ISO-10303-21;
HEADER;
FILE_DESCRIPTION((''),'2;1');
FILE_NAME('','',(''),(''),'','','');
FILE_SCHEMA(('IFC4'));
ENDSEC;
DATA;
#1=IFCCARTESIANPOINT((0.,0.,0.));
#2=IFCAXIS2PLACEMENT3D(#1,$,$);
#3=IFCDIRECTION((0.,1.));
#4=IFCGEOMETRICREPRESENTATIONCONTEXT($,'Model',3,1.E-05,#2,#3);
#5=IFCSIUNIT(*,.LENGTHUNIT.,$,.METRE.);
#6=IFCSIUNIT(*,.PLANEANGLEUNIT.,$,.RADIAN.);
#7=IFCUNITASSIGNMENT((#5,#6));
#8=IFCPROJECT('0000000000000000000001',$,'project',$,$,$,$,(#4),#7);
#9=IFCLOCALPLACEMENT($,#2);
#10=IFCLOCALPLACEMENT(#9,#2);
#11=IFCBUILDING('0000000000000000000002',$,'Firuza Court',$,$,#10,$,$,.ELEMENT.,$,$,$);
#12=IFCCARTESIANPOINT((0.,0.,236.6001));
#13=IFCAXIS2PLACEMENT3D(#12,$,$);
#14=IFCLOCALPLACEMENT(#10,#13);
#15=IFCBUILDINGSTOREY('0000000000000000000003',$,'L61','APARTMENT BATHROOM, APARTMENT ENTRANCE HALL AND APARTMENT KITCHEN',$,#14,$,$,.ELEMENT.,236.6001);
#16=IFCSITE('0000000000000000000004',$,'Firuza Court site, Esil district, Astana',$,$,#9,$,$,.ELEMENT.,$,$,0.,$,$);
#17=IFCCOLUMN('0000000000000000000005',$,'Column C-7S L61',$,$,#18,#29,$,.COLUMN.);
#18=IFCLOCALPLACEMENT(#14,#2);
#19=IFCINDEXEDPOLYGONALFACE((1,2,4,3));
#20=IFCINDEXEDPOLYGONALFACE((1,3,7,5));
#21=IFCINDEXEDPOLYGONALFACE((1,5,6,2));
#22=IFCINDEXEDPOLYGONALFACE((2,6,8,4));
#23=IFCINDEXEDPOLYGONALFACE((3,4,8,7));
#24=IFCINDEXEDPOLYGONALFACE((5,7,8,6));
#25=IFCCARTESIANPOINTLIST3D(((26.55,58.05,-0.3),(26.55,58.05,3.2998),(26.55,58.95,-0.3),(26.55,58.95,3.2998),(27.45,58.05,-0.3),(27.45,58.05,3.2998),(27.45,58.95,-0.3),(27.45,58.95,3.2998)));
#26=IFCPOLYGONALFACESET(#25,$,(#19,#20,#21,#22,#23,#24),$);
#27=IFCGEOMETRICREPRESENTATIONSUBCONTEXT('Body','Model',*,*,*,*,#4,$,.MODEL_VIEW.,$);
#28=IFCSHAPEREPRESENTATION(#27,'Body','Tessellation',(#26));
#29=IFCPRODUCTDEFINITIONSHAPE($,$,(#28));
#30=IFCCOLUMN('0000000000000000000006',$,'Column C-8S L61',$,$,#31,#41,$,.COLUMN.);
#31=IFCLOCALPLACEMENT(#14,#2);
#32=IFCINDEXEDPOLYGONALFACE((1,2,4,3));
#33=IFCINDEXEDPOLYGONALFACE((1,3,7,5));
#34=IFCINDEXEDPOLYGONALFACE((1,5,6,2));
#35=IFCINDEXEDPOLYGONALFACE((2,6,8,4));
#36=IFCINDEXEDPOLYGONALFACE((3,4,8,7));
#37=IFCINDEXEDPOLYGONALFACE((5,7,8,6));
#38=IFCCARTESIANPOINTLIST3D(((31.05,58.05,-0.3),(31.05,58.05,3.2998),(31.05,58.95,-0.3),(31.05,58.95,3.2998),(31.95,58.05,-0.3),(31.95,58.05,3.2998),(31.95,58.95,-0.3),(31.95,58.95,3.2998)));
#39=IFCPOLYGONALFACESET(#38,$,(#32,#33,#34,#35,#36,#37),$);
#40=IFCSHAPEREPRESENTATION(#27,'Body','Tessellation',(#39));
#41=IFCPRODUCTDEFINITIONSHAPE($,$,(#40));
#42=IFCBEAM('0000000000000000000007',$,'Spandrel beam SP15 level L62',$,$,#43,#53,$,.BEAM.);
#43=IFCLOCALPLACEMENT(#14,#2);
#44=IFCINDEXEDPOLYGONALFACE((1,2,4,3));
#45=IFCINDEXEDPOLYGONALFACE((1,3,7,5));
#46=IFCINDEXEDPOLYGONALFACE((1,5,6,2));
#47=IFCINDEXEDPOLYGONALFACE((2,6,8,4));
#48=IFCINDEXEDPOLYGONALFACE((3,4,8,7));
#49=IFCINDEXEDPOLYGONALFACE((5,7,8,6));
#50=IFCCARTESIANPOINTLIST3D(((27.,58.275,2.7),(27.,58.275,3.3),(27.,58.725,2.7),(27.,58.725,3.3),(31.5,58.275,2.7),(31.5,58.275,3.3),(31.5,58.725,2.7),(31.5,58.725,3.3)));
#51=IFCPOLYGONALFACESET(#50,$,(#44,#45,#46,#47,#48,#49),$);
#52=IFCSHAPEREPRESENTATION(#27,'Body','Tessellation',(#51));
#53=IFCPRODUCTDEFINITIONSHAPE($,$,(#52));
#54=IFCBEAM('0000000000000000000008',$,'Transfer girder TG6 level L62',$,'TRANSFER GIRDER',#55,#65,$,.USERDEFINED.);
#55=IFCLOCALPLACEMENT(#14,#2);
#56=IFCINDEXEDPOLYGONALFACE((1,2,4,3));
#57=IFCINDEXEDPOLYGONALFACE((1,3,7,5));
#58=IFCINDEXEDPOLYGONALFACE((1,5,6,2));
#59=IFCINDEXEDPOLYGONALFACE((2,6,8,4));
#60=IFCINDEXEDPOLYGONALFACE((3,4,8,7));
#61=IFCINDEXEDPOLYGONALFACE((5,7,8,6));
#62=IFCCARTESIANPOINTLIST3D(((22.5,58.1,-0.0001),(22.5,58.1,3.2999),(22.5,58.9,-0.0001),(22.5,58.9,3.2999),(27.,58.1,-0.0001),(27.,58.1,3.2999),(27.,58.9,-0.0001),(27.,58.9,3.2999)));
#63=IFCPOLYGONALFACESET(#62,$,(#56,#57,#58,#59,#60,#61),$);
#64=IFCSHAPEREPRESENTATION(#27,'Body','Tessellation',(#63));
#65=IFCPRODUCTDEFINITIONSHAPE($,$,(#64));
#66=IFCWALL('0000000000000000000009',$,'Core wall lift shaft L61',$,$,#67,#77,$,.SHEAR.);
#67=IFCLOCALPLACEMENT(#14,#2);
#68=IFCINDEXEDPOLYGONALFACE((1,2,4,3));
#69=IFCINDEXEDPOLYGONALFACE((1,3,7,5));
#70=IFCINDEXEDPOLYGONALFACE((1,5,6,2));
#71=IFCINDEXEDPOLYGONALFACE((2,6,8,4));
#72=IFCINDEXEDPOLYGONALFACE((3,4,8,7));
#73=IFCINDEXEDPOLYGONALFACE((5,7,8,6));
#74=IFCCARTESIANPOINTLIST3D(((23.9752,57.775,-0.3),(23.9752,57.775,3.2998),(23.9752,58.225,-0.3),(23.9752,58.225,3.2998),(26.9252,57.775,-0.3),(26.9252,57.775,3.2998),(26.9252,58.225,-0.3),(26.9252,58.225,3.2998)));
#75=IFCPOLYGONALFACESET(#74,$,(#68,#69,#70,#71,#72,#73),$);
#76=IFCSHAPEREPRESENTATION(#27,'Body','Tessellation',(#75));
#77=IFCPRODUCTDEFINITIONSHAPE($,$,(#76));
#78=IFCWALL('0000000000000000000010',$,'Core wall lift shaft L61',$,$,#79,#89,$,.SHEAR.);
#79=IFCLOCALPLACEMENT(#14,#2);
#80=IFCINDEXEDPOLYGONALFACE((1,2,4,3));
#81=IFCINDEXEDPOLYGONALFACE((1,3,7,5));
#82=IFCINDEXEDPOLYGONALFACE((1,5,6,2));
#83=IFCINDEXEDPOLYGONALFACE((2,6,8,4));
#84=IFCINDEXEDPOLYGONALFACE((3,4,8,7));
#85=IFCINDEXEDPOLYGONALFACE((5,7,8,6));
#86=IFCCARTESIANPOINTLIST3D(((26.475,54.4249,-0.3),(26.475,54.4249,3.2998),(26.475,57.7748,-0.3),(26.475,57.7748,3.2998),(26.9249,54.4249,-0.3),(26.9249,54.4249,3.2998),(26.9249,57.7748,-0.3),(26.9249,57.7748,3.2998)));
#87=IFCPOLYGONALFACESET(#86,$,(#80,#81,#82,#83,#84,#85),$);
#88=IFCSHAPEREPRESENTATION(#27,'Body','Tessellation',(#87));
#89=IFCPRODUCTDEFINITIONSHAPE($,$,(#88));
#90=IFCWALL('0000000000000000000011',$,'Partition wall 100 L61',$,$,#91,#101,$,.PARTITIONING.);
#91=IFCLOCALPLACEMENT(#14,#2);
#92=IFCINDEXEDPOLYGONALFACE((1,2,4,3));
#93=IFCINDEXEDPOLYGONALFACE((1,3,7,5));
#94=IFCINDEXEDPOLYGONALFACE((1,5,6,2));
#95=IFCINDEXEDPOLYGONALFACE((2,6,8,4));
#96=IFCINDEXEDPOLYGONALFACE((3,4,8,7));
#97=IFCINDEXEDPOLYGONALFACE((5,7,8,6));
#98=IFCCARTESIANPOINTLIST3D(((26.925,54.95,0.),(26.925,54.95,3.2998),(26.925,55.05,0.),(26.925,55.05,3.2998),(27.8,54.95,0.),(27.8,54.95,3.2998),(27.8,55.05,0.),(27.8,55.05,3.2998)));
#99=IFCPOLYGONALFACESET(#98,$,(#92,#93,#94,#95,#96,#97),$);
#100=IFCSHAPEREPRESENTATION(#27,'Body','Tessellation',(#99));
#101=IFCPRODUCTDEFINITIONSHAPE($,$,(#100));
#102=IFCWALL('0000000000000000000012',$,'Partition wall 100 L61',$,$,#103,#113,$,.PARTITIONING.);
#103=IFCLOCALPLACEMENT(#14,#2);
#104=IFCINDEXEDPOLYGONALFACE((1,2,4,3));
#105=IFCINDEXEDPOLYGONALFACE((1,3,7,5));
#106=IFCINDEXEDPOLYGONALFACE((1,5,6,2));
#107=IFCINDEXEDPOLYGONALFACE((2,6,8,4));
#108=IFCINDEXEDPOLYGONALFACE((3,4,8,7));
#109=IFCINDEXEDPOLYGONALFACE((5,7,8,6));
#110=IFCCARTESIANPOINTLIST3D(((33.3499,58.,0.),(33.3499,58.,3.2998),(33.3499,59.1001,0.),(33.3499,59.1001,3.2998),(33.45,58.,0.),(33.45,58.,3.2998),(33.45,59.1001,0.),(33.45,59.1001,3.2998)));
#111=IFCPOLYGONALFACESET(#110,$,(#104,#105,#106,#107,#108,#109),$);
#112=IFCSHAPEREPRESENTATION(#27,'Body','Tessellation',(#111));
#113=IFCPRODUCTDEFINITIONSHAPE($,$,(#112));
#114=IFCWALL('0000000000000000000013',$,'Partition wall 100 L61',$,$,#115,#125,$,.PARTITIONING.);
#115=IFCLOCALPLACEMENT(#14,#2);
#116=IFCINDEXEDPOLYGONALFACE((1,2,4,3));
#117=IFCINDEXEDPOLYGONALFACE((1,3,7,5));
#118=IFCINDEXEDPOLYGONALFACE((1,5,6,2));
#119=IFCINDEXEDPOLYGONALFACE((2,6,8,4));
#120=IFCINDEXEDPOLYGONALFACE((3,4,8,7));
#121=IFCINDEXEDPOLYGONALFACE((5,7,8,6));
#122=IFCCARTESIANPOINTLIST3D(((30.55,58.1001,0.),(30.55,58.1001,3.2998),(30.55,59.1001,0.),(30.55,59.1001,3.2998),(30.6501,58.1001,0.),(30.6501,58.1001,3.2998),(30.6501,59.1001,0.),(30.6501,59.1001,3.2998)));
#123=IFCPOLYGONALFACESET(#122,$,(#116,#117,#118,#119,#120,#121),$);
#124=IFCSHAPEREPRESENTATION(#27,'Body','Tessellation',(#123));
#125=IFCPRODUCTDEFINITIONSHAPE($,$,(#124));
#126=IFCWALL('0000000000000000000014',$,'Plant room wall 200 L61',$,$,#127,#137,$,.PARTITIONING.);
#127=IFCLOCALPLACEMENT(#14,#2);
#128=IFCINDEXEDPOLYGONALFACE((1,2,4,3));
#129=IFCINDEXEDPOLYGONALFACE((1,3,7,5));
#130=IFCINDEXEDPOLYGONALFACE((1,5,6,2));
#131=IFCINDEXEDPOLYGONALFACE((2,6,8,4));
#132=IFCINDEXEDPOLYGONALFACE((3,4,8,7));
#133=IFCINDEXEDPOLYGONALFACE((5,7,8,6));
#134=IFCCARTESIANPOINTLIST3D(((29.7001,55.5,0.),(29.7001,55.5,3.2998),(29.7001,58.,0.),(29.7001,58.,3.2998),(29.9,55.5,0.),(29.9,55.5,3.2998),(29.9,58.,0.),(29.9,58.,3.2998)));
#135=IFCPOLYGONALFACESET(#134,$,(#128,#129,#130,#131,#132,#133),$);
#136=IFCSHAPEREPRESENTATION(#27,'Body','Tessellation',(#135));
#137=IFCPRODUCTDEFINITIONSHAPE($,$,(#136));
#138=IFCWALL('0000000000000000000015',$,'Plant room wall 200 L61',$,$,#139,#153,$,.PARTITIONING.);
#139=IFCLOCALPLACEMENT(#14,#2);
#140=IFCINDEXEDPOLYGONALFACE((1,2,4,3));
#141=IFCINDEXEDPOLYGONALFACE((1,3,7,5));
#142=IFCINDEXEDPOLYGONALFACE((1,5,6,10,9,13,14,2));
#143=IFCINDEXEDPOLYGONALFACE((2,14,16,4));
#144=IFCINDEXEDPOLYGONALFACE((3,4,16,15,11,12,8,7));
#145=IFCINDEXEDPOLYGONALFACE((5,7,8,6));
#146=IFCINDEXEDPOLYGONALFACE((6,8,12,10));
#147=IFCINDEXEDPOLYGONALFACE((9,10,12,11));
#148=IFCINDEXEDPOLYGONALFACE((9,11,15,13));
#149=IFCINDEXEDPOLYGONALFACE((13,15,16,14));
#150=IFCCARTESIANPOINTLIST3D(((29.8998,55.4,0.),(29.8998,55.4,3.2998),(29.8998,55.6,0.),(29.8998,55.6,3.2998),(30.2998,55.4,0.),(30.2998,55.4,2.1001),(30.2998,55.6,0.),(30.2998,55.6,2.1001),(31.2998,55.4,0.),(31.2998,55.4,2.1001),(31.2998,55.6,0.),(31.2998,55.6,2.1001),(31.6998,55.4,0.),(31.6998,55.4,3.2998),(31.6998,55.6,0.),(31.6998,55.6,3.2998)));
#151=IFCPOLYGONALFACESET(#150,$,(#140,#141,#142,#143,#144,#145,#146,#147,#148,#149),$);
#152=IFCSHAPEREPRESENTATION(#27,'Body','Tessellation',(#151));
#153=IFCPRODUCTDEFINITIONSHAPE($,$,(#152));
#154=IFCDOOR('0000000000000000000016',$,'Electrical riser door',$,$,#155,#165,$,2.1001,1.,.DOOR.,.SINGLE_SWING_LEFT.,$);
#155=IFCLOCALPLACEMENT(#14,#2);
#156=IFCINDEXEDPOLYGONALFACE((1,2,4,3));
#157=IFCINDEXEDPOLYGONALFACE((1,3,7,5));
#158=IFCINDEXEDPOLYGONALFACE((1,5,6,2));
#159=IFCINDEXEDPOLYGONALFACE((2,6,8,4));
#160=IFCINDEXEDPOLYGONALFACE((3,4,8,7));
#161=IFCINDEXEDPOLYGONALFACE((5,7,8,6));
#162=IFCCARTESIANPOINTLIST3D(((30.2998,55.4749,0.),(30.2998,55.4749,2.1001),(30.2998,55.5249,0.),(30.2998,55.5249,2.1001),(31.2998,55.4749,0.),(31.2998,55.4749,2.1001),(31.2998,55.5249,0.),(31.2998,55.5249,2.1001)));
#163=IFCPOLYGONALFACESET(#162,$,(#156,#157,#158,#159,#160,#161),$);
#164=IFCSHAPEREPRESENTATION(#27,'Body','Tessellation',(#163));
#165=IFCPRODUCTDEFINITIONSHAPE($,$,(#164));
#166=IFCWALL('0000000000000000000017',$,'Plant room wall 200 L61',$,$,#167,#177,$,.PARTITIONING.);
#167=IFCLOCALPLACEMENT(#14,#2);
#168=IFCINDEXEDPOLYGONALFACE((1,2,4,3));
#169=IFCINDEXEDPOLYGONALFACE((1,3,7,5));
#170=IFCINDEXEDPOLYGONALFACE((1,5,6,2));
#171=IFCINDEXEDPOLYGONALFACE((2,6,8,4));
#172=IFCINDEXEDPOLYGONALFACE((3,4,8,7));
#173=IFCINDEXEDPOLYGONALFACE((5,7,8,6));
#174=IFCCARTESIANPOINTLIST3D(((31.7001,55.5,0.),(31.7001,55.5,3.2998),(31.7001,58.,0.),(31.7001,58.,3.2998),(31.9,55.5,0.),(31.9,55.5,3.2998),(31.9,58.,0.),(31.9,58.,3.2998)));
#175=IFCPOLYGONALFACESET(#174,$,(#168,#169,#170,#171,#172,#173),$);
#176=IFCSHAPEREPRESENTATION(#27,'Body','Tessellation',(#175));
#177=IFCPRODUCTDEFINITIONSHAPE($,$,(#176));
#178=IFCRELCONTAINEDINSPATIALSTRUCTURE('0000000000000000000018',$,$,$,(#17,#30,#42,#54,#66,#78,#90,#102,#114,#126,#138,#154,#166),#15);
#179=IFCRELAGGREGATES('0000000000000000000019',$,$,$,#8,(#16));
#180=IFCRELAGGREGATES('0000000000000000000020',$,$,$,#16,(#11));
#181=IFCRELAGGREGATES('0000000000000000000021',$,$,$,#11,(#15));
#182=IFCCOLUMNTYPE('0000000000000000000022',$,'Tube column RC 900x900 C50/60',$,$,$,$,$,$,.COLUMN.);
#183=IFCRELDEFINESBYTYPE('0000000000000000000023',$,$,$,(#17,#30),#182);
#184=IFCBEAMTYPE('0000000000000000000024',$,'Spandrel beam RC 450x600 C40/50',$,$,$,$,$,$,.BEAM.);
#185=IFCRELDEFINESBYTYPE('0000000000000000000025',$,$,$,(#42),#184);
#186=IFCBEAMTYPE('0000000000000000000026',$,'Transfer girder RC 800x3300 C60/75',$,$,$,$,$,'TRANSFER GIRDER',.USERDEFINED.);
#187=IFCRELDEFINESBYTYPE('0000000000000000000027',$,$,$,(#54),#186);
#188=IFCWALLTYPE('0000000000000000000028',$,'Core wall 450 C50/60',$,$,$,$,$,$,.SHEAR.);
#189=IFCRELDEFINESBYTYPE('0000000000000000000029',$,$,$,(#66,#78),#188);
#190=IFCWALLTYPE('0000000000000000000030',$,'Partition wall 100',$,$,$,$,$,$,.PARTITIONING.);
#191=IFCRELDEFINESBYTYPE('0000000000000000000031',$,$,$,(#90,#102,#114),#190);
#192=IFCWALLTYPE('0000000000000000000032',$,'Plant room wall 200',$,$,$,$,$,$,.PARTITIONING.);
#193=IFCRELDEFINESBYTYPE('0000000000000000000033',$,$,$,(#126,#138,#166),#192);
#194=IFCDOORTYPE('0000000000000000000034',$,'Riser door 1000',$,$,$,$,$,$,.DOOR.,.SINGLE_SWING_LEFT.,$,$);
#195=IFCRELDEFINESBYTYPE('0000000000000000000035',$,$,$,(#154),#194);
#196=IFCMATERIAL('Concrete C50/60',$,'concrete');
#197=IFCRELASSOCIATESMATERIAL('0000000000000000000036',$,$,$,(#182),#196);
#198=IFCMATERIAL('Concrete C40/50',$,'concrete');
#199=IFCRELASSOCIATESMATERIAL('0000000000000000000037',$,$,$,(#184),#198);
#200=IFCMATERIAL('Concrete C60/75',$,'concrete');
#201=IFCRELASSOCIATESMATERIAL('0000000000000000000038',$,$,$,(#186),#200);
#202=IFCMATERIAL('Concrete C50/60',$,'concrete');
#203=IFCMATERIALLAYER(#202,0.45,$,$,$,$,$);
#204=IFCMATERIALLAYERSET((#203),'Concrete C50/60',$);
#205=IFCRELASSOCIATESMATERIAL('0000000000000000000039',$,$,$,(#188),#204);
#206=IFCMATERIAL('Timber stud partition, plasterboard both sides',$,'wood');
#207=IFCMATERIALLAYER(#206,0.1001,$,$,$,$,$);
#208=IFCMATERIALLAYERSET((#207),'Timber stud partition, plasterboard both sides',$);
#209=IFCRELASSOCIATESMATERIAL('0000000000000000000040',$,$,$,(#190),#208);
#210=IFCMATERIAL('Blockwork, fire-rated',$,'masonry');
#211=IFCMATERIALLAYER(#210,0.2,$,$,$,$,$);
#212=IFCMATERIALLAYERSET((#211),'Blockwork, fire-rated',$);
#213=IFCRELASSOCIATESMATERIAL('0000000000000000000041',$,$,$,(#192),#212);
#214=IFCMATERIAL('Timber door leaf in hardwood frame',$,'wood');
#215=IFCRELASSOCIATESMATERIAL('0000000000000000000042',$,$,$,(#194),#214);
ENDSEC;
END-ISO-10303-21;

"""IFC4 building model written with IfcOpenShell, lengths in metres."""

from ifc_helpers import new_model, si_unit, direction, frame, frame_2d, origin, origin_2d, place, context, subcontext, project, spatial, rectangle, extrude, material, layer, layer_set, material_profile, profile_set, type_object, element, fill, save


model = new_model("IFC4")

# Units and contexts
model_context = context("Model", 3, precision=1e-05, world=origin(), true_north=direction((0.0, 1.0)))
body_context = subcontext(model_context, "Body", "Model", "MODEL_VIEW")
ifc_project = project(units=[si_unit("LENGTHUNIT", "METRE"), si_unit("PLANEANGLEUNIT", "RADIAN")], contexts=[model_context])

# Site, building, storey
site_placement = place(None, origin())
site = spatial("IfcSite", under=ifc_project, at=site_placement, Name="Firuza Court site, Esil district, Astana", CompositionType="ELEMENT", RefElevation=0.0)
building_placement = place(site_placement, origin())
building = spatial("IfcBuilding", under=site, at=building_placement, Name="Firuza Court", CompositionType="ELEMENT")
storey_placement = place(building_placement, frame((0.0, 0.0, 236.6001)))
storey = spatial("IfcBuildingStorey", under=building, at=storey_placement, Name="L61", Description="APARTMENT BATHROOM, APARTMENT ENTRANCE HALL AND APARTMENT KITCHEN", CompositionType="ELEMENT", Elevation=236.6001)

# Columns
ifc_material_1 = material(Name="Concrete C50/60", Category="concrete")
ifc_material_profile_1 = material_profile(ifc_material_1, rectangle(XDim=0.8999, YDim=0.8999, at=origin_2d()), Name="RC 900x900")
ifc_profile_set_1 = profile_set([ifc_material_profile_1], Name="Concrete C50/60")
column_type = type_object("IfcColumnType", Name="Tube column RC 900x900 C50/60", PredefinedType="COLUMN", material=ifc_profile_set_1)
for number, where, z_axis, x_axis, name in (
    (1, (27.0, 58.5, -0.3), (0.0, 0.0, 1.0), (1.0, 0.0, 0.0), "Column C-7S L61"),
    (2, (31.5, 58.5, -0.3), (0.0, 0.0, 1.0), (1.0, 0.0, 0.0), "Column C-8S L61"),
):
    element("IfcColumn", number, at=place(storey_placement, frame(where, z_axis=z_axis, x_axis=x_axis)), inside=storey, type_object=column_type, Name=name, PredefinedType="COLUMN", context=body_context, shape_type="SweptSolid", body=[
        extrude(rectangle(XDim=0.8999, YDim=0.8999, at=origin_2d()), origin(), (0.0, 0.0, 1.0), 3.5999),
    ])

# Beams
ifc_material_2 = material(Name="Concrete C40/50", Category="concrete")
ifc_material_profile_2 = material_profile(ifc_material_2, rectangle(XDim=0.45, YDim=0.6001, at=origin_2d()), Name="RC 450x600")
ifc_profile_set_2 = profile_set([ifc_material_profile_2], Name="Concrete C40/50")
beam_type_1 = type_object("IfcBeamType", Name="Spandrel beam RC 450x600 C40/50", PredefinedType="BEAM", material=ifc_profile_set_2)
beam_1_placement = place(storey_placement, frame((31.5, 58.5, 3.0), z_axis=(-1.0, 0.0, 0.0), x_axis=(0.0, -1.0, 0.0)))
element("IfcBeam", 3, at=beam_1_placement, inside=storey, type_object=beam_type_1, Name="Spandrel beam SP15 level L62", PredefinedType="BEAM", context=body_context, shape_type="SweptSolid", body=[
    extrude(rectangle(XDim=0.45, YDim=0.6001, at=origin_2d()), origin(), (0.0, 0.0, 1.0), 4.5),
])
ifc_material_3 = material(Name="Concrete C60/75", Category="concrete")
ifc_material_profile_3 = material_profile(ifc_material_3, rectangle(XDim=0.8, YDim=3.3, at=origin_2d()), Name="RC 800x3300")
ifc_profile_set_3 = profile_set([ifc_material_profile_3], Name="Concrete C60/75")
beam_type_2 = type_object("IfcBeamType", Name="Transfer girder RC 800x3300 C60/75", ElementType="TRANSFER GIRDER", PredefinedType="USERDEFINED", material=ifc_profile_set_3)
beam_2_placement = place(storey_placement, frame((27.0, 58.5, 1.6499), z_axis=(-1.0, 0.0, 0.0), x_axis=(0.0, -1.0, 0.0)))
element("IfcBeam", 4, at=beam_2_placement, inside=storey, type_object=beam_type_2, Name="Transfer girder TG6 level L62", ObjectType="TRANSFER GIRDER", PredefinedType="USERDEFINED", context=body_context, shape_type="SweptSolid", body=[
    extrude(rectangle(XDim=0.8, YDim=3.3, at=origin_2d()), origin(), (0.0, 0.0, 1.0), 4.5),
])

# Walls
ifc_material_4 = material(Name="Concrete C50/60", Category="concrete")
ifc_layer_1 = layer(ifc_material_4, 0.45)
ifc_layer_set_1 = layer_set([ifc_layer_1], Name="Concrete C50/60")
wall_type_1 = type_object("IfcWallType", Name="Core wall 450 C50/60", PredefinedType="SHEAR", material=ifc_layer_set_1)
wall_1_placement = place(storey_placement, frame((23.9751, 58.0, -0.3), z_axis=(0.0, 0.0, 1.0), x_axis=(1.0, 0.0, 0.0)))
element("IfcWall", 5, at=wall_1_placement, inside=storey, type_object=wall_type_1, Name="Core wall lift shaft L61", PredefinedType="SHEAR", context=body_context, shape_type="SweptSolid", body=[
    extrude(rectangle(XDim=2.95, YDim=0.45, at=frame_2d((1.4751, 0.0))), origin(), (0.0, 0.0, 1.0), 3.5999),
])
wall_2_placement = place(storey_placement, frame((26.7, 54.425, -0.3), z_axis=(0.0, 0.0, 1.0), x_axis=(0.0, 1.0, 0.0)))
element("IfcWall", 6, at=wall_2_placement, inside=storey, type_object=wall_type_1, Name="Core wall lift shaft L61", PredefinedType="SHEAR", context=body_context, shape_type="SweptSolid", body=[
    extrude(rectangle(XDim=3.3499, YDim=0.45, at=frame_2d((1.6748, 0.0))), origin(), (0.0, 0.0, 1.0), 3.5999),
])
ifc_material_5 = material(Name="Timber stud partition, plasterboard both sides", Category="wood")
ifc_layer_2 = layer(ifc_material_5, 0.1001)
ifc_layer_set_2 = layer_set([ifc_layer_2], Name="Timber stud partition, plasterboard both sides")
wall_type_2 = type_object("IfcWallType", Name="Partition wall 100", PredefinedType="PARTITIONING", material=ifc_layer_set_2)
wall_3_placement = place(storey_placement, frame((26.925, 55.0, 0.0), z_axis=(0.0, 0.0, 1.0), x_axis=(1.0, 0.0, 0.0)))
element("IfcWall", 7, at=wall_3_placement, inside=storey, type_object=wall_type_2, Name="Partition wall 100 L61", PredefinedType="PARTITIONING", context=body_context, shape_type="SweptSolid", body=[
    extrude(rectangle(XDim=0.875, YDim=0.1001, at=frame_2d((0.4375, 0.0))), origin(), (0.0, 0.0, 1.0), 3.2998),
])
wall_4_placement = place(storey_placement, frame((33.3999, 58.0, 0.0), z_axis=(0.0, 0.0, 1.0), x_axis=(0.0, 1.0, 0.0)))
element("IfcWall", 8, at=wall_4_placement, inside=storey, type_object=wall_type_2, Name="Partition wall 100 L61", PredefinedType="PARTITIONING", context=body_context, shape_type="SweptSolid", body=[
    extrude(rectangle(XDim=1.1001, YDim=0.1001, at=frame_2d((0.55, 0.0))), origin(), (0.0, 0.0, 1.0), 3.2998),
])
wall_5_placement = place(storey_placement, frame((30.6001, 58.1001, 0.0), z_axis=(0.0, 0.0, 1.0), x_axis=(0.0, 1.0, 0.0)))
element("IfcWall", 9, at=wall_5_placement, inside=storey, type_object=wall_type_2, Name="Partition wall 100 L61", PredefinedType="PARTITIONING", context=body_context, shape_type="SweptSolid", body=[
    extrude(rectangle(XDim=1.0, YDim=0.1001, at=frame_2d((0.5, 0.0))), origin(), (0.0, 0.0, 1.0), 3.2998),
])
ifc_material_6 = material(Name="Blockwork, fire-rated", Category="masonry")
ifc_layer_3 = layer(ifc_material_6, 0.2)
ifc_layer_set_3 = layer_set([ifc_layer_3], Name="Blockwork, fire-rated")
wall_type_3 = type_object("IfcWallType", Name="Plant room wall 200", PredefinedType="PARTITIONING", material=ifc_layer_set_3)
wall_6_placement = place(storey_placement, frame((29.8, 55.5, 0.0), z_axis=(0.0, 0.0, 1.0), x_axis=(0.0, 1.0, 0.0)))
element("IfcWall", 10, at=wall_6_placement, inside=storey, type_object=wall_type_3, Name="Plant room wall 200 L61", PredefinedType="PARTITIONING", context=body_context, shape_type="SweptSolid", body=[
    extrude(rectangle(XDim=2.5, YDim=0.2, at=frame_2d((1.25, 0.0))), origin(), (0.0, 0.0, 1.0), 3.2998),
])

# Wall, opening, door
wall_7_placement = place(storey_placement, frame((29.8999, 55.5, 0.0), z_axis=(0.0, 0.0, 1.0), x_axis=(1.0, 0.0, 0.0)))
wall_7 = element("IfcWall", 11, at=wall_7_placement, inside=storey, type_object=wall_type_3, Name="Plant room wall 200 L61", PredefinedType="PARTITIONING", context=body_context, shape_type="SweptSolid", body=[
    extrude(rectangle(XDim=1.8, YDim=0.2, at=frame_2d((0.8999, 0.0))), origin(), (0.0, 0.0, 1.0), 3.2998),
])
opening_1_placement = place(wall_7_placement, frame((0.3999, 0.0, 0.0)))
opening_1 = element("IfcOpeningElement", 12, at=opening_1_placement, cuts=wall_7, PredefinedType="OPENING", context=body_context, shape_type="SweptSolid", body=[
    extrude(rectangle(XDim=1.0, YDim=2.1001, at=frame_2d((0.5, 1.05))), frame((0.0, 0.1118, 0.0), z_axis=(0.0, -1.0, 0.0), x_axis=(1.0, 0.0, 0.0)), (0.0, 0.0, 1.0), 0.2239),
])
ifc_material_7 = material(Name="Timber door leaf in hardwood frame", Category="wood")
door_type = type_object("IfcDoorType", Name="Riser door 1000", OperationType="SINGLE_SWING_LEFT", PredefinedType="DOOR", material=ifc_material_7)
door_1_placement = place(opening_1_placement, origin())
door_1 = element("IfcDoor", 13, at=door_1_placement, inside=storey, type_object=door_type, Name="Electrical riser door", OperationType="SINGLE_SWING_LEFT", OverallHeight=2.1001, OverallWidth=1.0, PredefinedType="DOOR", context=body_context, shape_type="SweptSolid", body=[
    extrude(rectangle(XDim=1.0, YDim=2.1001, at=frame_2d((0.5, 1.05))), frame((0.0, 0.0249, 0.0), z_axis=(0.0, -1.0, 0.0), x_axis=(1.0, 0.0, 0.0)), (0.0, 0.0, 1.0), 0.05),
])
fill(opening_1, door_1)

# Wall
for number, where, z_axis, x_axis, name in (
    (14, (31.8, 55.5, 0.0), (0.0, 0.0, 1.0), (0.0, 1.0, 0.0), "Plant room wall 200 L61"),
):
    element("IfcWall", number, at=place(storey_placement, frame(where, z_axis=z_axis, x_axis=x_axis)), inside=storey, type_object=wall_type_3, Name=name, PredefinedType="PARTITIONING", context=body_context, shape_type="SweptSolid", body=[
        extrude(rectangle(XDim=2.5, YDim=0.2, at=frame_2d((1.25, 0.0))), origin(), (0.0, 0.0, 1.0), 3.2998),
    ])

save(model, "model.ifc")
